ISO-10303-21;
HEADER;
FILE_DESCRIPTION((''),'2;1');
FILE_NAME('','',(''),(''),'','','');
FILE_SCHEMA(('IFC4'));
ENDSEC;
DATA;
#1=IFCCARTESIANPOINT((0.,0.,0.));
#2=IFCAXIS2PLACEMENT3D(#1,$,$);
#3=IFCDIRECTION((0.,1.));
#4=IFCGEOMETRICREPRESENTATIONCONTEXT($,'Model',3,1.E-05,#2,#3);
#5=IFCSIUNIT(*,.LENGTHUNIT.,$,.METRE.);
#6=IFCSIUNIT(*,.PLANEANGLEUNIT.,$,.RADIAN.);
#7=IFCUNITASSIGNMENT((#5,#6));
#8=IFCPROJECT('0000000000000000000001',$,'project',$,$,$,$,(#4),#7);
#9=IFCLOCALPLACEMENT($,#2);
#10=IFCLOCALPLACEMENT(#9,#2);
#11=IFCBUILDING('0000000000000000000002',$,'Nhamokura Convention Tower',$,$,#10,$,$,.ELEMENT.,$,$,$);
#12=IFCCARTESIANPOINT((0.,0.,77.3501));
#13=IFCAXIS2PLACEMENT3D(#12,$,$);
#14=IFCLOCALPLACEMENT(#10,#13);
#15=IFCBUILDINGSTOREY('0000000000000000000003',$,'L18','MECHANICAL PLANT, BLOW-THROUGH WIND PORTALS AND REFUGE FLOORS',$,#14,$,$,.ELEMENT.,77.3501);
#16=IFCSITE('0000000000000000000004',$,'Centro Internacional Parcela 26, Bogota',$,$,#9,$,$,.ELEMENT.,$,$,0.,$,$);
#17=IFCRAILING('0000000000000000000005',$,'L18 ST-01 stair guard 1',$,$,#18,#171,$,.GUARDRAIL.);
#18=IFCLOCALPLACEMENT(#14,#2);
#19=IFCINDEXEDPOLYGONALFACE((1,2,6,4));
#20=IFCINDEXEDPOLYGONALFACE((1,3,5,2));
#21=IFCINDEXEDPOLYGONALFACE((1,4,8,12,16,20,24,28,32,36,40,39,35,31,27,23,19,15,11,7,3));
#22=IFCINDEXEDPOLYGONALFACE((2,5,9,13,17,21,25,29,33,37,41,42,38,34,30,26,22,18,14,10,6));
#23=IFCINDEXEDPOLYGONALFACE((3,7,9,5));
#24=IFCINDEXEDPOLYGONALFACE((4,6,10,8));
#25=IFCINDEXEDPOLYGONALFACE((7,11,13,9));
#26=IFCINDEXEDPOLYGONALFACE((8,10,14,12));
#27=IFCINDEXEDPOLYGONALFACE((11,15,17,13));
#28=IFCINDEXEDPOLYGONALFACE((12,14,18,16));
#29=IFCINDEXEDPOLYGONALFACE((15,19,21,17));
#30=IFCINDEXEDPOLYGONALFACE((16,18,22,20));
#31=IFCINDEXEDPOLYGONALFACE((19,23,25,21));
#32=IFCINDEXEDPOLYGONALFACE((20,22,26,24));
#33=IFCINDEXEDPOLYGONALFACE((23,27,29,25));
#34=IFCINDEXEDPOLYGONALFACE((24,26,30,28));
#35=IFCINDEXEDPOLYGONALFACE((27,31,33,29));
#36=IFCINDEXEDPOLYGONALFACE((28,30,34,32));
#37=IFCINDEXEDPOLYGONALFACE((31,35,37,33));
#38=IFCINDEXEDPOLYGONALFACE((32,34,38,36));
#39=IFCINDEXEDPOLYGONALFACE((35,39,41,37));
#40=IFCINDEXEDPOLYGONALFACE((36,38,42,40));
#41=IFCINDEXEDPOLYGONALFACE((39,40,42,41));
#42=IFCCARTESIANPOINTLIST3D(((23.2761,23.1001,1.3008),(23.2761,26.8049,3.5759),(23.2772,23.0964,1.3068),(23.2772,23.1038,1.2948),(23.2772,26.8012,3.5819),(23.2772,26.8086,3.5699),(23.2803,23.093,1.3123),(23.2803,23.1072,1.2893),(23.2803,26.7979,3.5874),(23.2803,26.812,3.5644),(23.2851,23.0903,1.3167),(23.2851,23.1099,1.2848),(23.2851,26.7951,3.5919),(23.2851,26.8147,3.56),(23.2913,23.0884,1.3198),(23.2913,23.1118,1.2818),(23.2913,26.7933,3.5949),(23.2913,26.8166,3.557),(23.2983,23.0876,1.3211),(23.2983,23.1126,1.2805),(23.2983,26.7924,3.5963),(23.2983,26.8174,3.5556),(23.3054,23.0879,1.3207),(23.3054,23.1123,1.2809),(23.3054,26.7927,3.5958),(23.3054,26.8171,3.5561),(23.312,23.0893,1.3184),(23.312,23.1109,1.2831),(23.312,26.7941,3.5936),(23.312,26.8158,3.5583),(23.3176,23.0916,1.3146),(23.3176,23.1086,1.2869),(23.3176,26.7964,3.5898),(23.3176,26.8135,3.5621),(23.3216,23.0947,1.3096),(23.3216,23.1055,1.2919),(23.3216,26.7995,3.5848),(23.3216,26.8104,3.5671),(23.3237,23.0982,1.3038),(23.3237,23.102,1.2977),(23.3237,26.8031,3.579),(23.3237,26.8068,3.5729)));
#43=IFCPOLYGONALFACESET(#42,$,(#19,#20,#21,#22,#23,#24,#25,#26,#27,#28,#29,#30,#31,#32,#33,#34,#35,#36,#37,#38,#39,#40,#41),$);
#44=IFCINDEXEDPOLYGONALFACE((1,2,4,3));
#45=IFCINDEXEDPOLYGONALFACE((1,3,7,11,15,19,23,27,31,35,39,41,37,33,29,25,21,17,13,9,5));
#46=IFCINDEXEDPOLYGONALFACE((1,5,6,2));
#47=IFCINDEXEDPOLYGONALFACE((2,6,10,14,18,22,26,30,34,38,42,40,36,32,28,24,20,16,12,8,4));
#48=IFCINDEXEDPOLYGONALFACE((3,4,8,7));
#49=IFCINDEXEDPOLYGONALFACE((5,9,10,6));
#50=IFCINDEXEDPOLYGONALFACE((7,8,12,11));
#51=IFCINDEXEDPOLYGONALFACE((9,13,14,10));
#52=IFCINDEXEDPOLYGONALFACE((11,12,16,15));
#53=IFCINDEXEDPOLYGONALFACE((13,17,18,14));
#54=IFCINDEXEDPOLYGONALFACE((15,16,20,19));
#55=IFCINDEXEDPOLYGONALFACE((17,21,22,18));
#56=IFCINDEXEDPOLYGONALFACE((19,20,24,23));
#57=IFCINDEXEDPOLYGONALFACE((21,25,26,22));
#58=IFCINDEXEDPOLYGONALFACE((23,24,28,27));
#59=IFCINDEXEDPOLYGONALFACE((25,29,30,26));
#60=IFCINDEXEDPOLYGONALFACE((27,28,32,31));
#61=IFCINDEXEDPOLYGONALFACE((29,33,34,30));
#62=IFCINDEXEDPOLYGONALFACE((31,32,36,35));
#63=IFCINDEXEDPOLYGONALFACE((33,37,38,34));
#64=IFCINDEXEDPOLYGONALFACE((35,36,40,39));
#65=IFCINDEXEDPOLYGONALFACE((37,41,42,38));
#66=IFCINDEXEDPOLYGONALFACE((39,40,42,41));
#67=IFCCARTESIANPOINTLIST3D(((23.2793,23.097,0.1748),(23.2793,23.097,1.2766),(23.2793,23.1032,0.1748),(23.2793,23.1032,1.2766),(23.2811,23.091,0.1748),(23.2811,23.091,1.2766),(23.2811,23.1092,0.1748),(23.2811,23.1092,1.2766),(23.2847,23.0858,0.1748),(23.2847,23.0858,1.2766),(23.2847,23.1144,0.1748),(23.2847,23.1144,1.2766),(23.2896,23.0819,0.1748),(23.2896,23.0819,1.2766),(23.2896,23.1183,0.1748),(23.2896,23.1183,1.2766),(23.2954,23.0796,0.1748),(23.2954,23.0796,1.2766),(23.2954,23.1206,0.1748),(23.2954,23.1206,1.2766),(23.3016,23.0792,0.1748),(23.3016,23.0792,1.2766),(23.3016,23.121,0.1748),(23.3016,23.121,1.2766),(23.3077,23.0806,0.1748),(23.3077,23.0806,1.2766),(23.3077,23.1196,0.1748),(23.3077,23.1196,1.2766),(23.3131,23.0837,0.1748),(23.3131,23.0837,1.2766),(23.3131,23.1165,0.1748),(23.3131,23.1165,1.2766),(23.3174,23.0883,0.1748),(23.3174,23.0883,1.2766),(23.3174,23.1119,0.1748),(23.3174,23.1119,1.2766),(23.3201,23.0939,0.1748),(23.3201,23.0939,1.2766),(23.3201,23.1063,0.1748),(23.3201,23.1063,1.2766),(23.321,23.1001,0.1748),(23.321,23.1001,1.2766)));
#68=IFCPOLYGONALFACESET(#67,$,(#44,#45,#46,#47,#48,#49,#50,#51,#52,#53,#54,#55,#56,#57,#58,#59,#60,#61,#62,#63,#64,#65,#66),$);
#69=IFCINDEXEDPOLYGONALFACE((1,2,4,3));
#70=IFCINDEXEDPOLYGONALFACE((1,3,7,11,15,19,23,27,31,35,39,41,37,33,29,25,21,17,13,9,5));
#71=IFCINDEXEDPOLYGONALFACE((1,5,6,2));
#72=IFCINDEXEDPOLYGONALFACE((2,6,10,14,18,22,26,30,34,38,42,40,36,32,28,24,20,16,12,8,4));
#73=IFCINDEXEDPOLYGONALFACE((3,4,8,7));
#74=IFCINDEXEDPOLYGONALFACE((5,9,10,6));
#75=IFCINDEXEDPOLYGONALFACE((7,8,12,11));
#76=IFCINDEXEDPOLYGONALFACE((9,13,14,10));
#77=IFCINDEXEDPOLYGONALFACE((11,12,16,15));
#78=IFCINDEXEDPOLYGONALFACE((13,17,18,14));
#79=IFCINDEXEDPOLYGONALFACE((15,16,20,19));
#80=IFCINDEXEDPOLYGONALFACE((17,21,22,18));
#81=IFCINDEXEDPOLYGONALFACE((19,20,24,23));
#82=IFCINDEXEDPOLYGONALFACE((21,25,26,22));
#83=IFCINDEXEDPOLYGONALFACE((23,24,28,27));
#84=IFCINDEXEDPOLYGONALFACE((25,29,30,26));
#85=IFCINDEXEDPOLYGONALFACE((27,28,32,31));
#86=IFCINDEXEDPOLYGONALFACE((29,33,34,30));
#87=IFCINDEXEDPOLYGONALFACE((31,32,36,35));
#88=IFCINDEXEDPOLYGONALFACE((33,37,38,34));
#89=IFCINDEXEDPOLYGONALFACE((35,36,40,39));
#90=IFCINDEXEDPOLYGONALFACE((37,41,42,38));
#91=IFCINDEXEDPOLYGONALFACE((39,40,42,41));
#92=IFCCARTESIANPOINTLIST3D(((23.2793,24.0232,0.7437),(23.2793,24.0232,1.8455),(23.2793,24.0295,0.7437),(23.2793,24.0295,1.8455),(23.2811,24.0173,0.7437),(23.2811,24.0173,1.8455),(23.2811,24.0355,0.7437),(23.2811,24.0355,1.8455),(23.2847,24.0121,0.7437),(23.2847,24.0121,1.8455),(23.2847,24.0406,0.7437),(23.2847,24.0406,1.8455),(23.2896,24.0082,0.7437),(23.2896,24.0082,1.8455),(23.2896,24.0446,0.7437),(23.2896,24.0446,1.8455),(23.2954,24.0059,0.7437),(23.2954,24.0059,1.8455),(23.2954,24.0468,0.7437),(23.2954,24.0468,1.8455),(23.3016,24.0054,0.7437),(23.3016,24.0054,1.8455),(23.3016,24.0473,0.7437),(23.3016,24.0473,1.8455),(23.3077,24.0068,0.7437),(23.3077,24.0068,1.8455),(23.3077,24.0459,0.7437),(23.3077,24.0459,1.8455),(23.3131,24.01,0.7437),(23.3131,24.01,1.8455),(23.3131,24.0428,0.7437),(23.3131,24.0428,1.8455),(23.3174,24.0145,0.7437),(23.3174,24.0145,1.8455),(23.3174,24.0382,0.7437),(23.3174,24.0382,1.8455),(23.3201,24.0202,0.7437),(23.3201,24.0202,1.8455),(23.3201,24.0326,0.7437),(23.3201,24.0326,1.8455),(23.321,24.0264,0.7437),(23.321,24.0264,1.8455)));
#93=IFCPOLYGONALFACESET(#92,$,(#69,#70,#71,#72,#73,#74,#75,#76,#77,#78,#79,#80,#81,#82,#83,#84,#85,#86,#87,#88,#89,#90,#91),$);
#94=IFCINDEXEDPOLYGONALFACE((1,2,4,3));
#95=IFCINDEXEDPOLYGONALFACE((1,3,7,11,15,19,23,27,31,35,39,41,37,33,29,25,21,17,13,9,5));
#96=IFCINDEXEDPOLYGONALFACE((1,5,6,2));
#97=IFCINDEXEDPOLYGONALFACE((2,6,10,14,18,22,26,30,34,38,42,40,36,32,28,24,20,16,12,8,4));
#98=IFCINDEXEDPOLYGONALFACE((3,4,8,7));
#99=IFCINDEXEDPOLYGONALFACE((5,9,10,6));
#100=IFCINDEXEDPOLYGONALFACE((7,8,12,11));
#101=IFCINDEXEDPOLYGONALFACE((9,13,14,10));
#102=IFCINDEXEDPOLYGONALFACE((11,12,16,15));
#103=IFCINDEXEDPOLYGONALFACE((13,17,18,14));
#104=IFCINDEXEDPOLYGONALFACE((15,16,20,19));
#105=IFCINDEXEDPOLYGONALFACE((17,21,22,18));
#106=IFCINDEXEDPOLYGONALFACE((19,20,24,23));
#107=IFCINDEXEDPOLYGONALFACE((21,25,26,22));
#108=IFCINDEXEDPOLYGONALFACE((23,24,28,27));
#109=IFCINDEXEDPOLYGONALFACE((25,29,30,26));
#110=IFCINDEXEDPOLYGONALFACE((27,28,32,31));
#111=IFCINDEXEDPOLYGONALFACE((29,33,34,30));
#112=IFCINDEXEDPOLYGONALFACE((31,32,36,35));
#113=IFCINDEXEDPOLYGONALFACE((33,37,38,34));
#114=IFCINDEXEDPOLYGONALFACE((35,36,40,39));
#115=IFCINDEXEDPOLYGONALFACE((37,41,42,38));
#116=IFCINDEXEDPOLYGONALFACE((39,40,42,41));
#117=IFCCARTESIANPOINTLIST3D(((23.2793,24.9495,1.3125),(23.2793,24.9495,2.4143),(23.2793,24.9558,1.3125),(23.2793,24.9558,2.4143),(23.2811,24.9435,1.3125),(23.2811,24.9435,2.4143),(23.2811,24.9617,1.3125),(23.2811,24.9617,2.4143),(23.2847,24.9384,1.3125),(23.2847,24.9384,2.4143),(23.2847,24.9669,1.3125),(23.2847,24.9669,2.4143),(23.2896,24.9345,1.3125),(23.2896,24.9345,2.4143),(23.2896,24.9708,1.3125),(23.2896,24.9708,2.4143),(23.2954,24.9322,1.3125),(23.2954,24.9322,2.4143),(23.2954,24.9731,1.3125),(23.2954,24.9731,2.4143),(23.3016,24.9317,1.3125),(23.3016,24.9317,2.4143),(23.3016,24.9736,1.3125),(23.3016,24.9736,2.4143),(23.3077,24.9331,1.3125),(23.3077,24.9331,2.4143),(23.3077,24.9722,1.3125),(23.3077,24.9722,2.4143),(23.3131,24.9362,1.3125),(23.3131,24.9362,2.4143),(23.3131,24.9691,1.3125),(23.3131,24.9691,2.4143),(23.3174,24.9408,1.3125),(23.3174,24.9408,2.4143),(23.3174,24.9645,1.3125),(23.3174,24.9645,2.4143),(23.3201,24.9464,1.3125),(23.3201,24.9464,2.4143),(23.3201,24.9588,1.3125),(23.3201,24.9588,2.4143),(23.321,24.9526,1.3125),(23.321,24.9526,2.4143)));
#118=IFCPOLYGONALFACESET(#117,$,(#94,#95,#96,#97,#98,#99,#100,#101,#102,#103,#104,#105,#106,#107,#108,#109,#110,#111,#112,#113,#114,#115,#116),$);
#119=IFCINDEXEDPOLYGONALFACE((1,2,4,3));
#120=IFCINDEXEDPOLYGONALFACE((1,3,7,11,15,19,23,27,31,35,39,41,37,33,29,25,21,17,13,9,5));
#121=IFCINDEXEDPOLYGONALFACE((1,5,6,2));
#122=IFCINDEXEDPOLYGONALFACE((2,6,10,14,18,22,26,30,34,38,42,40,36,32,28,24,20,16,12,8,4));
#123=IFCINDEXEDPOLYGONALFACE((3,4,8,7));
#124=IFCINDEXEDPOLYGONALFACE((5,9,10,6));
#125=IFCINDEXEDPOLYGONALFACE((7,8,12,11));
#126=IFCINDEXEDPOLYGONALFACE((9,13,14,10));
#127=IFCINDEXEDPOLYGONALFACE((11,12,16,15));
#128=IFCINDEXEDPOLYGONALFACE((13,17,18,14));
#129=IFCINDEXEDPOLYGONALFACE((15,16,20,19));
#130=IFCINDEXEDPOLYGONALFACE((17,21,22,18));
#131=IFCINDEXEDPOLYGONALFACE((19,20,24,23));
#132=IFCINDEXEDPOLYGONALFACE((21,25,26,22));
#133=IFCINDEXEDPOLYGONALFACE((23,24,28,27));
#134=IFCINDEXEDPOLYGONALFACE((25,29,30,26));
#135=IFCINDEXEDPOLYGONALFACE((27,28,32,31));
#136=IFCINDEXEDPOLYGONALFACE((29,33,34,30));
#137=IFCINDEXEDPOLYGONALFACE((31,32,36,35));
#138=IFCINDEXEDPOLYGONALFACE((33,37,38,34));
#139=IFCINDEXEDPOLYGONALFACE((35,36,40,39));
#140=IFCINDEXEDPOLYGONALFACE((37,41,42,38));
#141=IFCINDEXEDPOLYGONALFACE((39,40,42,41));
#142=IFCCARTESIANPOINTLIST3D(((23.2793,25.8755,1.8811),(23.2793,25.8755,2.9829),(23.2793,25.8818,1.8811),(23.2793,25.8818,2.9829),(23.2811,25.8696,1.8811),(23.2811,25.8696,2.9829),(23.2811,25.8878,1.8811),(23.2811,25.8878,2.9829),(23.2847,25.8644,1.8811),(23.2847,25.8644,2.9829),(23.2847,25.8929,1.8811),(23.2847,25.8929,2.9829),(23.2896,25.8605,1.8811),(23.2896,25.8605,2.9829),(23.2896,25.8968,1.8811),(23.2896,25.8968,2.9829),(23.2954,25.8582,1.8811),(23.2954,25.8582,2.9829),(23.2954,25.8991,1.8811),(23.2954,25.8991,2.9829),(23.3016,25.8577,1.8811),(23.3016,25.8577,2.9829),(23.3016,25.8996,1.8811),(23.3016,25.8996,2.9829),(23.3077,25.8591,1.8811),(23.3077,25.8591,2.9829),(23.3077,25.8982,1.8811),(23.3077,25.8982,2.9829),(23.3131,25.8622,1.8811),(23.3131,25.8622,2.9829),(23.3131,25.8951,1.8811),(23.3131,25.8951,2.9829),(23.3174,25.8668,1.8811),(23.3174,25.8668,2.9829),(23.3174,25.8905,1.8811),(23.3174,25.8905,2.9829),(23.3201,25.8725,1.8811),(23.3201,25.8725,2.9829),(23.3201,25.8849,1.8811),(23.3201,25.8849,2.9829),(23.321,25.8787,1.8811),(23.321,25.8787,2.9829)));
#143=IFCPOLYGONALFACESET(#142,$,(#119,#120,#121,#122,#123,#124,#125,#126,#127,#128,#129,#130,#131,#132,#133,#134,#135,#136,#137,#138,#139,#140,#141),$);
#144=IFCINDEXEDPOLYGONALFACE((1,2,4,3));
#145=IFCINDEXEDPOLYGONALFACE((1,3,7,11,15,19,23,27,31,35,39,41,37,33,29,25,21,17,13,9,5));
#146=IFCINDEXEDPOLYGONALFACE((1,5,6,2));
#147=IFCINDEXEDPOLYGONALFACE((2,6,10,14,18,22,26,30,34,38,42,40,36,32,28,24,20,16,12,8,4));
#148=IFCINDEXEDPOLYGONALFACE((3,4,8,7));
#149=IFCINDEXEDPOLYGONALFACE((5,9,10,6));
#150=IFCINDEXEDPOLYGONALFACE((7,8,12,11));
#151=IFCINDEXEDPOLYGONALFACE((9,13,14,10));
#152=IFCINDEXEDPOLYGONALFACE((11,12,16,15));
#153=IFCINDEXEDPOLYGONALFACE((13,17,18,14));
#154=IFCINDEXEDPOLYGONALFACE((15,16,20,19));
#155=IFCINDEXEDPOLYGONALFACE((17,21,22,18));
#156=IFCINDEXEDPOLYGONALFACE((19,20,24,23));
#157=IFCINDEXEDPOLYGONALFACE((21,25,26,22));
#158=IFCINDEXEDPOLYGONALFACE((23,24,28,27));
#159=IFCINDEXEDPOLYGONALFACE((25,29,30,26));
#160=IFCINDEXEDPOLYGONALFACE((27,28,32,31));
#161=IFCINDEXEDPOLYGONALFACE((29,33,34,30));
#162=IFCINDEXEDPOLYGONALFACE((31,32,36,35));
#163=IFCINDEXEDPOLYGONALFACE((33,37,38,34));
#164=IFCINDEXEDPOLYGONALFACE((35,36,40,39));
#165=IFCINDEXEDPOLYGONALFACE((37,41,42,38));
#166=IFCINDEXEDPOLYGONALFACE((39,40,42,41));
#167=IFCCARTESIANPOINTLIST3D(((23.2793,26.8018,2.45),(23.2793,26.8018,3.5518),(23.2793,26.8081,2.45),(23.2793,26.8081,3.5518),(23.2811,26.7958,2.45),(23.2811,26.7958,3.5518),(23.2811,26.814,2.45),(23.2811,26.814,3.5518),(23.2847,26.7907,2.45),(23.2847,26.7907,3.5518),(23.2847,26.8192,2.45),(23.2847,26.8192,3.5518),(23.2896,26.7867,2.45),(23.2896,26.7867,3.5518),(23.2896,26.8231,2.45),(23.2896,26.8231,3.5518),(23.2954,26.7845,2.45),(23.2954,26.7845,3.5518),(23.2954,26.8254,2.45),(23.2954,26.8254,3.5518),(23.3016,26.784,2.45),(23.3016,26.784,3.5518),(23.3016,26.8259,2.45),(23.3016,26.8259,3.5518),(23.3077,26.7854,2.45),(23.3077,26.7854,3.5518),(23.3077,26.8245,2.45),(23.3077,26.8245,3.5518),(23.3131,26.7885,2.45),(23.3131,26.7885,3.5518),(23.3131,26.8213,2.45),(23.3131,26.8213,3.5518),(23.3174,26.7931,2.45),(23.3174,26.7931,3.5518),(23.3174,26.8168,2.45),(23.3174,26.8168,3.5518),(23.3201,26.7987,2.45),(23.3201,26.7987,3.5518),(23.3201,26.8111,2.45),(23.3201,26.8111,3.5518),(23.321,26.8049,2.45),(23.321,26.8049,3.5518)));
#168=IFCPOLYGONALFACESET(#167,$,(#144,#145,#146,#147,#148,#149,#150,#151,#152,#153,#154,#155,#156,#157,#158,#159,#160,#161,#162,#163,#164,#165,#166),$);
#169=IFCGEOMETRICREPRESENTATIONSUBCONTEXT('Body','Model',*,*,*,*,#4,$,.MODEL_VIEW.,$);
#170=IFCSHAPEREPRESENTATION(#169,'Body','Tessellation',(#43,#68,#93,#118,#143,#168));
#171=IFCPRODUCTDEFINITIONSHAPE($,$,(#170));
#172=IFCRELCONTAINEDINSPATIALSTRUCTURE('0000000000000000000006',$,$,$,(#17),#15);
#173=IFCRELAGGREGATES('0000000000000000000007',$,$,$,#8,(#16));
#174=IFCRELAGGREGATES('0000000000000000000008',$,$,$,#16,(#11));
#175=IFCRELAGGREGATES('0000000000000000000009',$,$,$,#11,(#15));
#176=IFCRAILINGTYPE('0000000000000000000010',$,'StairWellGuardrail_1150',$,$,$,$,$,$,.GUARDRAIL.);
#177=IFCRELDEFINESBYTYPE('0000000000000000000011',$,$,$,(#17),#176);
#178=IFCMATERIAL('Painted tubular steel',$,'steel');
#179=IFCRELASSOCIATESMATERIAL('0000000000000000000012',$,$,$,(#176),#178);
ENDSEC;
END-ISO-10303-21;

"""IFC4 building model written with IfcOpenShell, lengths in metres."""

from ifc_helpers import new_model, si_unit, direction, frame, origin, origin_2d, place, context, subcontext, project, spatial, circle, extrude, material, type_object, element, save


model = new_model("IFC4")

# Units and contexts
model_context = context("Model", 3, precision=1e-05, world=origin(), true_north=direction((0.0, 1.0)))
body_context = subcontext(model_context, "Body", "Model", "MODEL_VIEW")
ifc_project = project(units=[si_unit("LENGTHUNIT", "METRE"), si_unit("PLANEANGLEUNIT", "RADIAN")], contexts=[model_context])

# Site, building, storey
site_placement = place(None, origin())
site = spatial("IfcSite", under=ifc_project, at=site_placement, Name="Centro Internacional Parcela 26, Bogota", CompositionType="ELEMENT", RefElevation=0.0)
building_placement = place(site_placement, origin())
building = spatial("IfcBuilding", under=site, at=building_placement, Name="Nhamokura Convention Tower", CompositionType="ELEMENT")
storey_placement = place(building_placement, frame((0.0, 0.0, 77.3501)))
storey = spatial("IfcBuildingStorey", under=building, at=storey_placement, Name="L18", Description="MECHANICAL PLANT, BLOW-THROUGH WIND PORTALS AND REFUGE FLOORS", CompositionType="ELEMENT", Elevation=77.3501)

# Railing
ifc_material_1 = material(Name="Painted tubular steel", Category="steel")
railing_type_1 = type_object("IfcRailingType", Name="StairWellGuardrail_1150", PredefinedType="GUARDRAIL", material=ifc_material_1)
railing_1_placement = place(storey_placement, frame((23.3, 23.1001, 0.1748)))
element("IfcRailing", 1, at=railing_1_placement, inside=storey, type_object=railing_type_1, Name="L18 ST-01 stair guard 1", PredefinedType="GUARDRAIL", context=body_context, shape_type="SweptSolid", body=[
    extrude(circle(Radius=0.0239, at=origin_2d()), frame((0.0, 0.0, 1.126), z_axis=(0.0, 0.852146, 0.523305), x_axis=(-1.0, 0.0, 0.0)), (0.0, 0.0, 1.0), 4.3477),
    extrude(circle(Radius=0.021, at=origin_2d()), origin(), (0.0, 0.0, 1.0), 1.1018),
    extrude(circle(Radius=0.021, at=origin_2d()), frame((0.0, 0.9263, 0.5688)), (0.0, 0.0, 1.0), 1.1018),
    extrude(circle(Radius=0.021, at=origin_2d()), frame((0.0, 1.8525, 1.1377)), (0.0, 0.0, 1.0), 1.1018),
    extrude(circle(Radius=0.021, at=origin_2d()), frame((0.0, 2.7786, 1.7063)), (0.0, 0.0, 1.0), 1.1018),
    extrude(circle(Radius=0.021, at=origin_2d()), frame((0.0, 3.7048, 2.2751)), (0.0, 0.0, 1.0), 1.1018),
])

save(model, "model.ifc")
